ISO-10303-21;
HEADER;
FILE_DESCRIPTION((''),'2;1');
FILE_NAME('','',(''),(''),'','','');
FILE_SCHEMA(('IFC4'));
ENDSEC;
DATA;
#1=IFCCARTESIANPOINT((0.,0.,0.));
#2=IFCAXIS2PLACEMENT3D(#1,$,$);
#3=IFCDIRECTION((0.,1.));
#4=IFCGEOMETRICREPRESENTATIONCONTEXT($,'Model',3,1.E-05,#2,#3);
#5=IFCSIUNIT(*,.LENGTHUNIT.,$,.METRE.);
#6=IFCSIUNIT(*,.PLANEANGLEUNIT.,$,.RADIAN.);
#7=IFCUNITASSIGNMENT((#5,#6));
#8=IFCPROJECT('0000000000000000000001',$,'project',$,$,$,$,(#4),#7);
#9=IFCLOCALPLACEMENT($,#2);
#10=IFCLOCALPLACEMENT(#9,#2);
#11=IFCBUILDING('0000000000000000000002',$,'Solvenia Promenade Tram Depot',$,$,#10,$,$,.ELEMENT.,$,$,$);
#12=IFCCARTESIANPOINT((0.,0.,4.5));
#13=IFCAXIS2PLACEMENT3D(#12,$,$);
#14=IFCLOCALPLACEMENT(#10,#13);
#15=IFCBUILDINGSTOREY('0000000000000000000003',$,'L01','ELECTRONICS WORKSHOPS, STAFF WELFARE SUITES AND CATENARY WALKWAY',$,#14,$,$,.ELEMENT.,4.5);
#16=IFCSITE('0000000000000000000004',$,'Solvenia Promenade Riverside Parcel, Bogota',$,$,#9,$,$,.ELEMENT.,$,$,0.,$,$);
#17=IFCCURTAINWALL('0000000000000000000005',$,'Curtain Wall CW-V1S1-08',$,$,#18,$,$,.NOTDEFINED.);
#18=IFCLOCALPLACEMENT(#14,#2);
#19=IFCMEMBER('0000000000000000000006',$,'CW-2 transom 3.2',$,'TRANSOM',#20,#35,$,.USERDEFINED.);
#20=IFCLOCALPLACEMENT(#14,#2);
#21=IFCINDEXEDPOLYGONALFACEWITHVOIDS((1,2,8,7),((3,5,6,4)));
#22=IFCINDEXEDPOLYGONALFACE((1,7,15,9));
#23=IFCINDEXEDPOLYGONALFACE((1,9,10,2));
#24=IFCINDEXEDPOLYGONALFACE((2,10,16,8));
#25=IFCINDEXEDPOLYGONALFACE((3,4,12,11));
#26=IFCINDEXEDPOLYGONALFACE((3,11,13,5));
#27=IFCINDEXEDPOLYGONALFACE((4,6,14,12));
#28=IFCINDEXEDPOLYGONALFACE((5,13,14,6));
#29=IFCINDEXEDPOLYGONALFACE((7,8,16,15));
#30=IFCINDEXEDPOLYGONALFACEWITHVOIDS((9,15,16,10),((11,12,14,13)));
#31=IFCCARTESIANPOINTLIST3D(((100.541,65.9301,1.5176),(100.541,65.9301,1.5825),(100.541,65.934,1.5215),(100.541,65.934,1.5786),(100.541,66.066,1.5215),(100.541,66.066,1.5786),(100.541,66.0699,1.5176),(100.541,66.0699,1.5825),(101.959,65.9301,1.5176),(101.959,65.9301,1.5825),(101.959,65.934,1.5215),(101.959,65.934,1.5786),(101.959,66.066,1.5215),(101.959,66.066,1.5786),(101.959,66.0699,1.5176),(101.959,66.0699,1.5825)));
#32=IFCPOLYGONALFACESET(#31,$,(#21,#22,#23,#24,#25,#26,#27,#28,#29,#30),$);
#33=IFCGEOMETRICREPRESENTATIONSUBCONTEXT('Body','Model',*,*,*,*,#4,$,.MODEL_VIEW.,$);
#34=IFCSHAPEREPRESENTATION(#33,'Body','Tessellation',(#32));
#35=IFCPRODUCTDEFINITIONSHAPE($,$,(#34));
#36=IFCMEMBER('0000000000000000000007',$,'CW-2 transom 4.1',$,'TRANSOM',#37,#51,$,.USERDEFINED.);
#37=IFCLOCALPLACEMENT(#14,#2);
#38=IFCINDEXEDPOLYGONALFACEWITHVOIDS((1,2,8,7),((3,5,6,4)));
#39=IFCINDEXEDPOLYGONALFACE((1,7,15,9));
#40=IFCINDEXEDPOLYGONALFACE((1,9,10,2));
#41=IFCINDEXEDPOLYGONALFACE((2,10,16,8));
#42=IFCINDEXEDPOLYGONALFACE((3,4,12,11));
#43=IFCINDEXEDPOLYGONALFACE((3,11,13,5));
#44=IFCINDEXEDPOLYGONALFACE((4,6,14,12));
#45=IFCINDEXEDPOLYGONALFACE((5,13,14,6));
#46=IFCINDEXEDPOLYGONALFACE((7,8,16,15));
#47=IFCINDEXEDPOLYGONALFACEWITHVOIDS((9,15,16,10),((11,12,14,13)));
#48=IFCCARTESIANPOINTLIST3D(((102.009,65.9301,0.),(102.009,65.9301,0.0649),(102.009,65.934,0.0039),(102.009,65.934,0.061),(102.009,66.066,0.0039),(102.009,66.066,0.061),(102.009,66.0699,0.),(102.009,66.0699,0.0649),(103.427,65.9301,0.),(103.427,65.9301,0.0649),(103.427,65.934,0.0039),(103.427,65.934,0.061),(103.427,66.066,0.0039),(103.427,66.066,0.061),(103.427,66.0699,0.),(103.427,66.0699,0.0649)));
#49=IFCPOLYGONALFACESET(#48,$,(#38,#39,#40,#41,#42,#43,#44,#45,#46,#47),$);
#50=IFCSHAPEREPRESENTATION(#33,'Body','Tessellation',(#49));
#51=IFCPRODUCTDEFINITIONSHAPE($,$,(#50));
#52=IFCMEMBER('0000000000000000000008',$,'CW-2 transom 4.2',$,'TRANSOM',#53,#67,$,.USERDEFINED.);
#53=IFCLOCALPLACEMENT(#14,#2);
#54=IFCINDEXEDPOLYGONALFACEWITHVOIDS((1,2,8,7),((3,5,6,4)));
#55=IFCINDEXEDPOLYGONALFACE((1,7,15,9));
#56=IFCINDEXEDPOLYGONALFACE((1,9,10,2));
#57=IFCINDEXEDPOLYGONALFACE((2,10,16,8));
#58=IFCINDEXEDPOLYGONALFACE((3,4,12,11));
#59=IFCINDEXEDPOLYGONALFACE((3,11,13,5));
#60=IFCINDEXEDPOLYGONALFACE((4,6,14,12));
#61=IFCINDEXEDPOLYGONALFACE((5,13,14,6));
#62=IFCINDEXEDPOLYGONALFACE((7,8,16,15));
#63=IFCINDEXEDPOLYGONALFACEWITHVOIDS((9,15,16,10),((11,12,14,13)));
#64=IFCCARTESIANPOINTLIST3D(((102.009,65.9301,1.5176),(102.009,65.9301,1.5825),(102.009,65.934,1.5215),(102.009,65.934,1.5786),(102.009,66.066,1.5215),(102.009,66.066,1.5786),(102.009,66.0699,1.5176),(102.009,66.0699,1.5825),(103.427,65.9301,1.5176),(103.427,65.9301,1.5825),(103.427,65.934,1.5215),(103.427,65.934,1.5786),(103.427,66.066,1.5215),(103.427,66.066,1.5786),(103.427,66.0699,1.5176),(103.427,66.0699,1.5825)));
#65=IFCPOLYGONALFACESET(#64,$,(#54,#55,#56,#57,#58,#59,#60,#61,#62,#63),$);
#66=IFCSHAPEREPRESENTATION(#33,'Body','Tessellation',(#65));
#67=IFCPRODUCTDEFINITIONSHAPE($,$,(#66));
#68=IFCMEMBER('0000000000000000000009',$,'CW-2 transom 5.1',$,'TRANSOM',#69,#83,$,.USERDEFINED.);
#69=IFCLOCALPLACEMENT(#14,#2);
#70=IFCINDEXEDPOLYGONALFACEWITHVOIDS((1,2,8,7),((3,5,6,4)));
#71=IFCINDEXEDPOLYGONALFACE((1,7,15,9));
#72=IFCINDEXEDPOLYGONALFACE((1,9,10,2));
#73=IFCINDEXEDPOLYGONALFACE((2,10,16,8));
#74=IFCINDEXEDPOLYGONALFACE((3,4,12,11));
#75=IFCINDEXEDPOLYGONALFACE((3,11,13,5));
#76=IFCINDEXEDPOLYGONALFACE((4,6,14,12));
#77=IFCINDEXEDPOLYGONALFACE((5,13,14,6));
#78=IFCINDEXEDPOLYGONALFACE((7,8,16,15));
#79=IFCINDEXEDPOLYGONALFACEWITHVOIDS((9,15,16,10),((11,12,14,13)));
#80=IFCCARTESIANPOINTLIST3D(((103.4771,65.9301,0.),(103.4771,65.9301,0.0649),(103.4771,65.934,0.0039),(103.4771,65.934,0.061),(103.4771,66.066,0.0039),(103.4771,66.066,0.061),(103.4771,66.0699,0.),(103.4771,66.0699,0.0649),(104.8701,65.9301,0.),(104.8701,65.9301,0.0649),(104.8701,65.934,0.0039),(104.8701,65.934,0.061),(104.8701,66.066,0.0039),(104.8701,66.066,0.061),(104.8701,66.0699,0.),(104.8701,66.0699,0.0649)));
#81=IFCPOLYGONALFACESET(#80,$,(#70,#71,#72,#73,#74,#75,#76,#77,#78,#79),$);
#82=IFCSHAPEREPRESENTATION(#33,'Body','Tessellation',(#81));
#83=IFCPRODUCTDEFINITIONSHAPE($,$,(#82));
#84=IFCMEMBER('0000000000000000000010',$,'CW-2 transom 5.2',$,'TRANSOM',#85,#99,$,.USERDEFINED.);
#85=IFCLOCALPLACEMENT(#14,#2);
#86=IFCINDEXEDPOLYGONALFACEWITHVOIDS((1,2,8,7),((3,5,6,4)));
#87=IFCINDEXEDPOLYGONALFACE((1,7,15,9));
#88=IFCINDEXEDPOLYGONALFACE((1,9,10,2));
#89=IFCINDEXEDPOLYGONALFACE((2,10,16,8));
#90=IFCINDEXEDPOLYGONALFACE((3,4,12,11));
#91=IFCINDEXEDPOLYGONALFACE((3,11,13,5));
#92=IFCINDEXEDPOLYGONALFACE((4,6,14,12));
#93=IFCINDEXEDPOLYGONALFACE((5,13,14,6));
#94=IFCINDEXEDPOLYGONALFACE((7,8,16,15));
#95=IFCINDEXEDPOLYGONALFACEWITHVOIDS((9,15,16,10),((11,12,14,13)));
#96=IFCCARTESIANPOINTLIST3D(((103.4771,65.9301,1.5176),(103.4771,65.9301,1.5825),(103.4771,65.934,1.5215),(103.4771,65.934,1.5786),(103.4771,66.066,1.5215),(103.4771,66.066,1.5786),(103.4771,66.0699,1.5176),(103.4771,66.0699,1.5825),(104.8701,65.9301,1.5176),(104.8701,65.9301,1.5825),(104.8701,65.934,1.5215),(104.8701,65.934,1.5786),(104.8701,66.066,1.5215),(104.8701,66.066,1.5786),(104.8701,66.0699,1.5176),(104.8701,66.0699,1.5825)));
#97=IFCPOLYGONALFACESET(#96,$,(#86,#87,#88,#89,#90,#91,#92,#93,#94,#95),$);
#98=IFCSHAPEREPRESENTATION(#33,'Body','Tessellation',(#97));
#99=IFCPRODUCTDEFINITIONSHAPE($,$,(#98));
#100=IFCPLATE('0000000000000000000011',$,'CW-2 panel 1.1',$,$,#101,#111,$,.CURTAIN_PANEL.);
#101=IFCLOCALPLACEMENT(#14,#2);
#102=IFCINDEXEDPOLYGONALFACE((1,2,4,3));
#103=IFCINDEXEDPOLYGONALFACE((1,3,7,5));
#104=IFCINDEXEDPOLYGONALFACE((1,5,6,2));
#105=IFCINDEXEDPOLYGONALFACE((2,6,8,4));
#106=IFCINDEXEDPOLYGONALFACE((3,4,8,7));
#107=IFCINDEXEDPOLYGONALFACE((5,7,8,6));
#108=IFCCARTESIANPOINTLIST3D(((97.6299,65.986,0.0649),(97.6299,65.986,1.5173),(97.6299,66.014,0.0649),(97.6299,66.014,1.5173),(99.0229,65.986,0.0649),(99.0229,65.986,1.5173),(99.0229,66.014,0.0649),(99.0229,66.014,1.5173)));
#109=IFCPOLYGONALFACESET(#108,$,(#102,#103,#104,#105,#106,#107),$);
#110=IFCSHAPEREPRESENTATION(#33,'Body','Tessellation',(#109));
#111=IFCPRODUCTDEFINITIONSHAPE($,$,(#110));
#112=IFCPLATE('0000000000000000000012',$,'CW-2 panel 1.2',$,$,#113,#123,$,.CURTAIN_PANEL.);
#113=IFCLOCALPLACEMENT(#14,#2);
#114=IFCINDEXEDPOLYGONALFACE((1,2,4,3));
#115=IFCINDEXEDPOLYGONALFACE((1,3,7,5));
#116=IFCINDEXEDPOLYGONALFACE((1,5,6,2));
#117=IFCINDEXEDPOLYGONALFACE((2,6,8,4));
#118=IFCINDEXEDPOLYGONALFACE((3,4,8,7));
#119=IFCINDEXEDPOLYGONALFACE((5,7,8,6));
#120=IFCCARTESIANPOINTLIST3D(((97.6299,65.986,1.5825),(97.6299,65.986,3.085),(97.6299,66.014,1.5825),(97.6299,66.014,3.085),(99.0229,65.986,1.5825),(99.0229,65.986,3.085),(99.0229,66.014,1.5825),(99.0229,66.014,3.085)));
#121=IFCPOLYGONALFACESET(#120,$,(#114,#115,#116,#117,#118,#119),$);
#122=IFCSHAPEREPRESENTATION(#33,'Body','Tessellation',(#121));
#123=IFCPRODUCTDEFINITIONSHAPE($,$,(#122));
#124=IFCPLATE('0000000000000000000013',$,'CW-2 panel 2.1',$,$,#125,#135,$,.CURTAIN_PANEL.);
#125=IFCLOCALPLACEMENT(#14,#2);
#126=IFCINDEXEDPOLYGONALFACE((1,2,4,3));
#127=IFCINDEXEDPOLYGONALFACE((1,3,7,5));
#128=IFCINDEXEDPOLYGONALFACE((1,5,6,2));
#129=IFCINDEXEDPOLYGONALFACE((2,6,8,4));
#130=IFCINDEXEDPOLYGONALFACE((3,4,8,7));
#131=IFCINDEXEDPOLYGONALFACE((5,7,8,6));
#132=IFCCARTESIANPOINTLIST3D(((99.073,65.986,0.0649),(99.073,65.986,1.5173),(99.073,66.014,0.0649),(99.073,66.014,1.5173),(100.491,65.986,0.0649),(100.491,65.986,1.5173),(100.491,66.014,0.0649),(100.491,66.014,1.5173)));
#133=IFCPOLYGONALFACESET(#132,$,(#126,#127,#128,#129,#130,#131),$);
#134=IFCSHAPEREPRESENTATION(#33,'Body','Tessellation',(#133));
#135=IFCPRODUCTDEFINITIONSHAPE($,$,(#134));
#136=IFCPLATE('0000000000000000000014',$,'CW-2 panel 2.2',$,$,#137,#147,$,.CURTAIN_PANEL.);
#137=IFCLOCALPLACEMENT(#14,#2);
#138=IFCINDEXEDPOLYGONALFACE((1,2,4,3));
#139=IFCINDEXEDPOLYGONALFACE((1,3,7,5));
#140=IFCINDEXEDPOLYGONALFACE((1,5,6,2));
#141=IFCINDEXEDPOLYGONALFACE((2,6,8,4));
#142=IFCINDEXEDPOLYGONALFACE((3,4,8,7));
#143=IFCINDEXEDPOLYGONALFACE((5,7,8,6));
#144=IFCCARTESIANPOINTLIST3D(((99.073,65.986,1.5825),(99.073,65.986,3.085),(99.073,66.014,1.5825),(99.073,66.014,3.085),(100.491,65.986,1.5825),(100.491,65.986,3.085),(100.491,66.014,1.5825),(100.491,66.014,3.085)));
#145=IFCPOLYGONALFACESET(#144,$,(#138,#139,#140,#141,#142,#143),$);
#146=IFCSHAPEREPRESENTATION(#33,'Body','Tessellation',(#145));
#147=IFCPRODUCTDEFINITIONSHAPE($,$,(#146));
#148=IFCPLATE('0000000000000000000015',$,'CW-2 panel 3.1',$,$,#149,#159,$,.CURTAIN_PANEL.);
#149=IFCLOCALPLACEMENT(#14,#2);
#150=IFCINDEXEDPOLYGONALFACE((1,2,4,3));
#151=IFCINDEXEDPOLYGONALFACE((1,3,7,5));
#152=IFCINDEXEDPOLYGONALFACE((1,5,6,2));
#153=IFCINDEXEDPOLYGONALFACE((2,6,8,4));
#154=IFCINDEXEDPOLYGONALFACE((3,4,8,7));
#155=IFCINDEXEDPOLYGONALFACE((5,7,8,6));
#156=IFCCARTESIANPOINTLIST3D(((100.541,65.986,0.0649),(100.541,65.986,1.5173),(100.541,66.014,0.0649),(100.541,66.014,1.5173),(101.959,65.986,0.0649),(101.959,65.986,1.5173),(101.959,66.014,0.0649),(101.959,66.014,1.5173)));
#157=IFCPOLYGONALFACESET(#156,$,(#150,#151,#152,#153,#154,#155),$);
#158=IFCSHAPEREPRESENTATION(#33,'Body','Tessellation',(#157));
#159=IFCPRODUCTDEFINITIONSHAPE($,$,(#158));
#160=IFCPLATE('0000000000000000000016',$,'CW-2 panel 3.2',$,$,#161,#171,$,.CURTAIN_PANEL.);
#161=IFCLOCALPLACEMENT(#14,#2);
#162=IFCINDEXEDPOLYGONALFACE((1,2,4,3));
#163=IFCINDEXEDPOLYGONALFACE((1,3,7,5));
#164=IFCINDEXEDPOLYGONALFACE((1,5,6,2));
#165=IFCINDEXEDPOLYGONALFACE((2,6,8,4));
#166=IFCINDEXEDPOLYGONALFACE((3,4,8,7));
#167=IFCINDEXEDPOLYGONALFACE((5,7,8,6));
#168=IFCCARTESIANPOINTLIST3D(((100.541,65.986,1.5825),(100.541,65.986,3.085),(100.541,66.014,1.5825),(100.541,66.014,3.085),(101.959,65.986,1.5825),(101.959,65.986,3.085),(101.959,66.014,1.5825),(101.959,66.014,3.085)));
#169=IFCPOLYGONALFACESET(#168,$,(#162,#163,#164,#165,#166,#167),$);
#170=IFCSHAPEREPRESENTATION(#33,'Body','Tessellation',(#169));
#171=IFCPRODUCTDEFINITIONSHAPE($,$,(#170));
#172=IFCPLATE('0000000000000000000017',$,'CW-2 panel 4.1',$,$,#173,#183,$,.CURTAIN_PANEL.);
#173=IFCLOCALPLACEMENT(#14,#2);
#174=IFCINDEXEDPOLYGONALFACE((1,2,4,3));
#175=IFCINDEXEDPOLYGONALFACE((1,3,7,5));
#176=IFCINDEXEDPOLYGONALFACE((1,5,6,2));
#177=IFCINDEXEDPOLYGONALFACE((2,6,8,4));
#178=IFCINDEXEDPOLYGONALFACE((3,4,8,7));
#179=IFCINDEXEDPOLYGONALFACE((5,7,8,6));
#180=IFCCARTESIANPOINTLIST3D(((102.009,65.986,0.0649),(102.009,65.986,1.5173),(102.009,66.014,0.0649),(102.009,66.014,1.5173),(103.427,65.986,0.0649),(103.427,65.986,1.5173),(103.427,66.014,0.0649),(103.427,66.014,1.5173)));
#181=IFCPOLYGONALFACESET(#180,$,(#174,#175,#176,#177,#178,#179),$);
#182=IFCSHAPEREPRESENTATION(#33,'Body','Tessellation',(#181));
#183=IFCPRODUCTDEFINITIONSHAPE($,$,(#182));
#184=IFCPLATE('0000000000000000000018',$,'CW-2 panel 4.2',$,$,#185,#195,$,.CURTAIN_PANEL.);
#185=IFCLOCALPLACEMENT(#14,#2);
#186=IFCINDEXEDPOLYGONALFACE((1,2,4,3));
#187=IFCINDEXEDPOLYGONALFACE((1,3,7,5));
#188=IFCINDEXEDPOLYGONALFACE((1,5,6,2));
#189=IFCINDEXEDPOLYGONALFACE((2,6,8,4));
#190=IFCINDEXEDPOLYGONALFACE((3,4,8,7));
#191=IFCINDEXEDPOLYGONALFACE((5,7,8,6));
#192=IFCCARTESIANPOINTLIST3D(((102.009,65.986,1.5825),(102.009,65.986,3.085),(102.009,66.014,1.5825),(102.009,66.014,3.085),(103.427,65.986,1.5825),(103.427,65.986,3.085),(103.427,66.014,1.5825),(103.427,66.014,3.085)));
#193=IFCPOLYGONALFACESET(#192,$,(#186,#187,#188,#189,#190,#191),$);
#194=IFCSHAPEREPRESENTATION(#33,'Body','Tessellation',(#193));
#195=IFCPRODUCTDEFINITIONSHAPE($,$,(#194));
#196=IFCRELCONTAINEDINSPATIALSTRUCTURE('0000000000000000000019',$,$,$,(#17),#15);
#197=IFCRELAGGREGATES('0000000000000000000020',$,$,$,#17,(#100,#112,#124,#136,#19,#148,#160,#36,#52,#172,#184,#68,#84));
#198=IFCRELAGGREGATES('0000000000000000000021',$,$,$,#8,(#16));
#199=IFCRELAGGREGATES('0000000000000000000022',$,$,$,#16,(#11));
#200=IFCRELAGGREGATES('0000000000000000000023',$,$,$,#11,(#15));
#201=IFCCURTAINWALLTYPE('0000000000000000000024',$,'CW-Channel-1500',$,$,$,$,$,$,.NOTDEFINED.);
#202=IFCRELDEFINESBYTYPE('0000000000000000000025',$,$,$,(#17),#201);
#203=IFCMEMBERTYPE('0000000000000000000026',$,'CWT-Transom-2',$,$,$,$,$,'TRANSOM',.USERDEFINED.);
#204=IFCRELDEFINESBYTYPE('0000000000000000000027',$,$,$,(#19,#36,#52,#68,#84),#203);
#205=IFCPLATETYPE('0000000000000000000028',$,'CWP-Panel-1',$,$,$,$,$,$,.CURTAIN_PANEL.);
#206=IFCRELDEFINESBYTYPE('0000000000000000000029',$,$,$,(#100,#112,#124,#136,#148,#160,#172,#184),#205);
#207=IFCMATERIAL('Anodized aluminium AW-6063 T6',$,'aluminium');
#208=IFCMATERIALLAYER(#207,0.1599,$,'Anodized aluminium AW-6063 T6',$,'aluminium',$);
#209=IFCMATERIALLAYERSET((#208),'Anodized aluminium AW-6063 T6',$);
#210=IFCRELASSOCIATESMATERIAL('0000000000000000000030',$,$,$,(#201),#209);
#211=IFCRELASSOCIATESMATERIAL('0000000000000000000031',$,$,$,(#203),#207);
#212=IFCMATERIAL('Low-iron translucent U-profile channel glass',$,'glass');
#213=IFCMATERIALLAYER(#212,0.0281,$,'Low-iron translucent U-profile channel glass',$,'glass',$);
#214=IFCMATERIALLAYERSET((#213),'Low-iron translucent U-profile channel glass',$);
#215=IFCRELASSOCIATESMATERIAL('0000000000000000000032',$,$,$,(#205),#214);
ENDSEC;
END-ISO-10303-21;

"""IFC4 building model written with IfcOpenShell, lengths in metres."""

from ifc_helpers import new_model, si_unit, direction, frame, origin, origin_2d, place, context, subcontext, project, spatial, rectangle, hollow_rectangle, extrude, material, layer, layer_set, material_profile, profile_set, type_object, element, aggregate, save


model = new_model("IFC4")

# Units and contexts
model_context = context("Model", 3, precision=1e-05, world=origin(), true_north=direction((0.0, 1.0)))
body_context = subcontext(model_context, "Body", "Model", "MODEL_VIEW")
ifc_project = project(units=[si_unit("LENGTHUNIT", "METRE"), si_unit("PLANEANGLEUNIT", "RADIAN")], contexts=[model_context])

# Site, building, storey
site_placement = place(None, origin())
site = spatial("IfcSite", under=ifc_project, at=site_placement, Name="Solvenia Promenade Riverside Parcel, Bogota", CompositionType="ELEMENT", RefElevation=0.0)
building_placement = place(site_placement, origin())
building = spatial("IfcBuilding", under=site, at=building_placement, Name="Solvenia Promenade Tram Depot", CompositionType="ELEMENT")
storey_placement = place(building_placement, frame((0.0, 0.0, 4.5)))
storey = spatial("IfcBuildingStorey", under=building, at=storey_placement, Name="L01", Description="ELECTRONICS WORKSHOPS, STAFF WELFARE SUITES AND CATENARY WALKWAY", CompositionType="ELEMENT", Elevation=4.5)

# Curtain wall, members, plates
ifc_material_1 = material(Name="Anodized aluminium AW-6063 T6", Category="aluminium")
ifc_layer_1 = layer(ifc_material_1, 0.1599, Name="Anodized aluminium AW-6063 T6", Category="aluminium")
ifc_layer_set_1 = layer_set([ifc_layer_1], Name="Anodized aluminium AW-6063 T6")
curtain_wall_type = type_object("IfcCurtainWallType", Name="CW-Channel-1500", PredefinedType="NOTDEFINED", material=ifc_layer_set_1)
curtain_wall_placement = place(storey_placement, origin())
curtain_wall = element("IfcCurtainWall", 1, at=curtain_wall_placement, inside=storey, type_object=curtain_wall_type, Name="Curtain Wall CW-V1S1-08", PredefinedType="NOTDEFINED")
ifc_material_profile_1 = material_profile(ifc_material_1, hollow_rectangle(XDim=0.1399, YDim=0.0649, WallThickness=0.0039, at=origin_2d()), Name="ALU-T2", Category="aluminium")
ifc_profile_set_1 = profile_set([ifc_material_profile_1], Name="Anodized aluminium AW-6063 T6")
member_type_1 = type_object("IfcMemberType", Name="CWT-Transom-2", ElementType="TRANSOM", PredefinedType="USERDEFINED", material=ifc_profile_set_1)
member_1_placement = place(storey_placement, frame((100.541, 66.0, 1.55), z_axis=(1.0, 0.0, 0.0), x_axis=(0.0, 1.0, 0.0)))
member_1 = element("IfcMember", 2, at=member_1_placement, type_object=member_type_1, Name="CW-2 transom 3.2", ObjectType="TRANSOM", PredefinedType="USERDEFINED", context=body_context, shape_type="SweptSolid", body=[
    extrude(hollow_rectangle(XDim=0.1399, YDim=0.0649, WallThickness=0.0039, at=origin_2d()), origin(), (0.0, 0.0, 1.0), 1.418),
])
member_2_placement = place(storey_placement, frame((102.009, 66.0, 0.0325), z_axis=(1.0, 0.0, 0.0), x_axis=(0.0, 1.0, 0.0)))
member_2 = element("IfcMember", 3, at=member_2_placement, type_object=member_type_1, Name="CW-2 transom 4.1", ObjectType="TRANSOM", PredefinedType="USERDEFINED", context=body_context, shape_type="SweptSolid", body=[
    extrude(hollow_rectangle(XDim=0.1399, YDim=0.0649, WallThickness=0.0039, at=origin_2d()), origin(), (0.0, 0.0, 1.0), 1.418),
])
member_3_placement = place(storey_placement, frame((102.009, 66.0, 1.55), z_axis=(1.0, 0.0, 0.0), x_axis=(0.0, 1.0, 0.0)))
member_3 = element("IfcMember", 4, at=member_3_placement, type_object=member_type_1, Name="CW-2 transom 4.2", ObjectType="TRANSOM", PredefinedType="USERDEFINED", context=body_context, shape_type="SweptSolid", body=[
    extrude(hollow_rectangle(XDim=0.1399, YDim=0.0649, WallThickness=0.0039, at=origin_2d()), origin(), (0.0, 0.0, 1.0), 1.418),
])
member_4_placement = place(storey_placement, frame((103.4771, 66.0, 0.0325), z_axis=(1.0, 0.0, 0.0), x_axis=(0.0, 1.0, 0.0)))
member_4 = element("IfcMember", 5, at=member_4_placement, type_object=member_type_1, Name="CW-2 transom 5.1", ObjectType="TRANSOM", PredefinedType="USERDEFINED", context=body_context, shape_type="SweptSolid", body=[
    extrude(hollow_rectangle(XDim=0.1399, YDim=0.0649, WallThickness=0.0039, at=origin_2d()), origin(), (0.0, 0.0, 1.0), 1.3931),
])
member_5_placement = place(storey_placement, frame((103.4771, 66.0, 1.55), z_axis=(1.0, 0.0, 0.0), x_axis=(0.0, 1.0, 0.0)))
member_5 = element("IfcMember", 6, at=member_5_placement, type_object=member_type_1, Name="CW-2 transom 5.2", ObjectType="TRANSOM", PredefinedType="USERDEFINED", context=body_context, shape_type="SweptSolid", body=[
    extrude(hollow_rectangle(XDim=0.1399, YDim=0.0649, WallThickness=0.0039, at=origin_2d()), origin(), (0.0, 0.0, 1.0), 1.3931),
])
ifc_material_2 = material(Name="Low-iron translucent U-profile channel glass", Category="glass")
ifc_layer_2 = layer(ifc_material_2, 0.0281, Name="Low-iron translucent U-profile channel glass", Category="glass")
ifc_layer_set_2 = layer_set([ifc_layer_2], Name="Low-iron translucent U-profile channel glass")
plate_type = type_object("IfcPlateType", Name="CWP-Panel-1", PredefinedType="CURTAIN_PANEL", material=ifc_layer_set_2)
plate_1_placement = place(storey_placement, frame((98.3264, 66.0, 0.0649), z_axis=(0.0, 0.0, 1.0), x_axis=(1.0, 0.0, 0.0)))
plate_1 = element("IfcPlate", 7, at=plate_1_placement, type_object=plate_type, Name="CW-2 panel 1.1", PredefinedType="CURTAIN_PANEL", context=body_context, shape_type="SweptSolid", body=[
    extrude(rectangle(XDim=1.3931, YDim=0.0281, at=origin_2d()), origin(), (0.0, 0.0, 1.0), 1.4524),
])
plate_2_placement = place(storey_placement, frame((98.3264, 66.0, 1.5825), z_axis=(0.0, 0.0, 1.0), x_axis=(1.0, 0.0, 0.0)))
plate_2 = element("IfcPlate", 8, at=plate_2_placement, type_object=plate_type, Name="CW-2 panel 1.2", PredefinedType="CURTAIN_PANEL", context=body_context, shape_type="SweptSolid", body=[
    extrude(rectangle(XDim=1.3931, YDim=0.0281, at=origin_2d()), origin(), (0.0, 0.0, 1.0), 1.5024),
])
plate_3_placement = place(storey_placement, frame((99.782, 66.0, 0.0649), z_axis=(0.0, 0.0, 1.0), x_axis=(1.0, 0.0, 0.0)))
plate_3 = element("IfcPlate", 9, at=plate_3_placement, type_object=plate_type, Name="CW-2 panel 2.1", PredefinedType="CURTAIN_PANEL", context=body_context, shape_type="SweptSolid", body=[
    extrude(rectangle(XDim=1.418, YDim=0.0281, at=origin_2d()), origin(), (0.0, 0.0, 1.0), 1.4524),
])
plate_4_placement = place(storey_placement, frame((99.782, 66.0, 1.5825), z_axis=(0.0, 0.0, 1.0), x_axis=(1.0, 0.0, 0.0)))
plate_4 = element("IfcPlate", 10, at=plate_4_placement, type_object=plate_type, Name="CW-2 panel 2.2", PredefinedType="CURTAIN_PANEL", context=body_context, shape_type="SweptSolid", body=[
    extrude(rectangle(XDim=1.418, YDim=0.0281, at=origin_2d()), origin(), (0.0, 0.0, 1.0), 1.5024),
])
plate_5_placement = place(storey_placement, frame((101.25, 66.0, 0.0649), z_axis=(0.0, 0.0, 1.0), x_axis=(1.0, 0.0, 0.0)))
plate_5 = element("IfcPlate", 11, at=plate_5_placement, type_object=plate_type, Name="CW-2 panel 3.1", PredefinedType="CURTAIN_PANEL", context=body_context, shape_type="SweptSolid", body=[
    extrude(rectangle(XDim=1.418, YDim=0.0281, at=origin_2d()), origin(), (0.0, 0.0, 1.0), 1.4524),
])
plate_6_placement = place(storey_placement, frame((101.25, 66.0, 1.5825), z_axis=(0.0, 0.0, 1.0), x_axis=(1.0, 0.0, 0.0)))
plate_6 = element("IfcPlate", 12, at=plate_6_placement, type_object=plate_type, Name="CW-2 panel 3.2", PredefinedType="CURTAIN_PANEL", context=body_context, shape_type="SweptSolid", body=[
    extrude(rectangle(XDim=1.418, YDim=0.0281, at=origin_2d()), origin(), (0.0, 0.0, 1.0), 1.5024),
])
plate_7_placement = place(storey_placement, frame((102.718, 66.0, 0.0649), z_axis=(0.0, 0.0, 1.0), x_axis=(1.0, 0.0, 0.0)))
plate_7 = element("IfcPlate", 13, at=plate_7_placement, type_object=plate_type, Name="CW-2 panel 4.1", PredefinedType="CURTAIN_PANEL", context=body_context, shape_type="SweptSolid", body=[
    extrude(rectangle(XDim=1.418, YDim=0.0281, at=origin_2d()), origin(), (0.0, 0.0, 1.0), 1.4524),
])
plate_8_placement = place(storey_placement, frame((102.718, 66.0, 1.5825), z_axis=(0.0, 0.0, 1.0), x_axis=(1.0, 0.0, 0.0)))
plate_8 = element("IfcPlate", 14, at=plate_8_placement, type_object=plate_type, Name="CW-2 panel 4.2", PredefinedType="CURTAIN_PANEL", context=body_context, shape_type="SweptSolid", body=[
    extrude(rectangle(XDim=1.418, YDim=0.0281, at=origin_2d()), origin(), (0.0, 0.0, 1.0), 1.5024),
])
aggregate(curtain_wall, [plate_1, plate_2, plate_3, plate_4, member_1, plate_5, plate_6, member_2, member_3, plate_7, plate_8, member_4, member_5])

save(model, "model.ifc")
